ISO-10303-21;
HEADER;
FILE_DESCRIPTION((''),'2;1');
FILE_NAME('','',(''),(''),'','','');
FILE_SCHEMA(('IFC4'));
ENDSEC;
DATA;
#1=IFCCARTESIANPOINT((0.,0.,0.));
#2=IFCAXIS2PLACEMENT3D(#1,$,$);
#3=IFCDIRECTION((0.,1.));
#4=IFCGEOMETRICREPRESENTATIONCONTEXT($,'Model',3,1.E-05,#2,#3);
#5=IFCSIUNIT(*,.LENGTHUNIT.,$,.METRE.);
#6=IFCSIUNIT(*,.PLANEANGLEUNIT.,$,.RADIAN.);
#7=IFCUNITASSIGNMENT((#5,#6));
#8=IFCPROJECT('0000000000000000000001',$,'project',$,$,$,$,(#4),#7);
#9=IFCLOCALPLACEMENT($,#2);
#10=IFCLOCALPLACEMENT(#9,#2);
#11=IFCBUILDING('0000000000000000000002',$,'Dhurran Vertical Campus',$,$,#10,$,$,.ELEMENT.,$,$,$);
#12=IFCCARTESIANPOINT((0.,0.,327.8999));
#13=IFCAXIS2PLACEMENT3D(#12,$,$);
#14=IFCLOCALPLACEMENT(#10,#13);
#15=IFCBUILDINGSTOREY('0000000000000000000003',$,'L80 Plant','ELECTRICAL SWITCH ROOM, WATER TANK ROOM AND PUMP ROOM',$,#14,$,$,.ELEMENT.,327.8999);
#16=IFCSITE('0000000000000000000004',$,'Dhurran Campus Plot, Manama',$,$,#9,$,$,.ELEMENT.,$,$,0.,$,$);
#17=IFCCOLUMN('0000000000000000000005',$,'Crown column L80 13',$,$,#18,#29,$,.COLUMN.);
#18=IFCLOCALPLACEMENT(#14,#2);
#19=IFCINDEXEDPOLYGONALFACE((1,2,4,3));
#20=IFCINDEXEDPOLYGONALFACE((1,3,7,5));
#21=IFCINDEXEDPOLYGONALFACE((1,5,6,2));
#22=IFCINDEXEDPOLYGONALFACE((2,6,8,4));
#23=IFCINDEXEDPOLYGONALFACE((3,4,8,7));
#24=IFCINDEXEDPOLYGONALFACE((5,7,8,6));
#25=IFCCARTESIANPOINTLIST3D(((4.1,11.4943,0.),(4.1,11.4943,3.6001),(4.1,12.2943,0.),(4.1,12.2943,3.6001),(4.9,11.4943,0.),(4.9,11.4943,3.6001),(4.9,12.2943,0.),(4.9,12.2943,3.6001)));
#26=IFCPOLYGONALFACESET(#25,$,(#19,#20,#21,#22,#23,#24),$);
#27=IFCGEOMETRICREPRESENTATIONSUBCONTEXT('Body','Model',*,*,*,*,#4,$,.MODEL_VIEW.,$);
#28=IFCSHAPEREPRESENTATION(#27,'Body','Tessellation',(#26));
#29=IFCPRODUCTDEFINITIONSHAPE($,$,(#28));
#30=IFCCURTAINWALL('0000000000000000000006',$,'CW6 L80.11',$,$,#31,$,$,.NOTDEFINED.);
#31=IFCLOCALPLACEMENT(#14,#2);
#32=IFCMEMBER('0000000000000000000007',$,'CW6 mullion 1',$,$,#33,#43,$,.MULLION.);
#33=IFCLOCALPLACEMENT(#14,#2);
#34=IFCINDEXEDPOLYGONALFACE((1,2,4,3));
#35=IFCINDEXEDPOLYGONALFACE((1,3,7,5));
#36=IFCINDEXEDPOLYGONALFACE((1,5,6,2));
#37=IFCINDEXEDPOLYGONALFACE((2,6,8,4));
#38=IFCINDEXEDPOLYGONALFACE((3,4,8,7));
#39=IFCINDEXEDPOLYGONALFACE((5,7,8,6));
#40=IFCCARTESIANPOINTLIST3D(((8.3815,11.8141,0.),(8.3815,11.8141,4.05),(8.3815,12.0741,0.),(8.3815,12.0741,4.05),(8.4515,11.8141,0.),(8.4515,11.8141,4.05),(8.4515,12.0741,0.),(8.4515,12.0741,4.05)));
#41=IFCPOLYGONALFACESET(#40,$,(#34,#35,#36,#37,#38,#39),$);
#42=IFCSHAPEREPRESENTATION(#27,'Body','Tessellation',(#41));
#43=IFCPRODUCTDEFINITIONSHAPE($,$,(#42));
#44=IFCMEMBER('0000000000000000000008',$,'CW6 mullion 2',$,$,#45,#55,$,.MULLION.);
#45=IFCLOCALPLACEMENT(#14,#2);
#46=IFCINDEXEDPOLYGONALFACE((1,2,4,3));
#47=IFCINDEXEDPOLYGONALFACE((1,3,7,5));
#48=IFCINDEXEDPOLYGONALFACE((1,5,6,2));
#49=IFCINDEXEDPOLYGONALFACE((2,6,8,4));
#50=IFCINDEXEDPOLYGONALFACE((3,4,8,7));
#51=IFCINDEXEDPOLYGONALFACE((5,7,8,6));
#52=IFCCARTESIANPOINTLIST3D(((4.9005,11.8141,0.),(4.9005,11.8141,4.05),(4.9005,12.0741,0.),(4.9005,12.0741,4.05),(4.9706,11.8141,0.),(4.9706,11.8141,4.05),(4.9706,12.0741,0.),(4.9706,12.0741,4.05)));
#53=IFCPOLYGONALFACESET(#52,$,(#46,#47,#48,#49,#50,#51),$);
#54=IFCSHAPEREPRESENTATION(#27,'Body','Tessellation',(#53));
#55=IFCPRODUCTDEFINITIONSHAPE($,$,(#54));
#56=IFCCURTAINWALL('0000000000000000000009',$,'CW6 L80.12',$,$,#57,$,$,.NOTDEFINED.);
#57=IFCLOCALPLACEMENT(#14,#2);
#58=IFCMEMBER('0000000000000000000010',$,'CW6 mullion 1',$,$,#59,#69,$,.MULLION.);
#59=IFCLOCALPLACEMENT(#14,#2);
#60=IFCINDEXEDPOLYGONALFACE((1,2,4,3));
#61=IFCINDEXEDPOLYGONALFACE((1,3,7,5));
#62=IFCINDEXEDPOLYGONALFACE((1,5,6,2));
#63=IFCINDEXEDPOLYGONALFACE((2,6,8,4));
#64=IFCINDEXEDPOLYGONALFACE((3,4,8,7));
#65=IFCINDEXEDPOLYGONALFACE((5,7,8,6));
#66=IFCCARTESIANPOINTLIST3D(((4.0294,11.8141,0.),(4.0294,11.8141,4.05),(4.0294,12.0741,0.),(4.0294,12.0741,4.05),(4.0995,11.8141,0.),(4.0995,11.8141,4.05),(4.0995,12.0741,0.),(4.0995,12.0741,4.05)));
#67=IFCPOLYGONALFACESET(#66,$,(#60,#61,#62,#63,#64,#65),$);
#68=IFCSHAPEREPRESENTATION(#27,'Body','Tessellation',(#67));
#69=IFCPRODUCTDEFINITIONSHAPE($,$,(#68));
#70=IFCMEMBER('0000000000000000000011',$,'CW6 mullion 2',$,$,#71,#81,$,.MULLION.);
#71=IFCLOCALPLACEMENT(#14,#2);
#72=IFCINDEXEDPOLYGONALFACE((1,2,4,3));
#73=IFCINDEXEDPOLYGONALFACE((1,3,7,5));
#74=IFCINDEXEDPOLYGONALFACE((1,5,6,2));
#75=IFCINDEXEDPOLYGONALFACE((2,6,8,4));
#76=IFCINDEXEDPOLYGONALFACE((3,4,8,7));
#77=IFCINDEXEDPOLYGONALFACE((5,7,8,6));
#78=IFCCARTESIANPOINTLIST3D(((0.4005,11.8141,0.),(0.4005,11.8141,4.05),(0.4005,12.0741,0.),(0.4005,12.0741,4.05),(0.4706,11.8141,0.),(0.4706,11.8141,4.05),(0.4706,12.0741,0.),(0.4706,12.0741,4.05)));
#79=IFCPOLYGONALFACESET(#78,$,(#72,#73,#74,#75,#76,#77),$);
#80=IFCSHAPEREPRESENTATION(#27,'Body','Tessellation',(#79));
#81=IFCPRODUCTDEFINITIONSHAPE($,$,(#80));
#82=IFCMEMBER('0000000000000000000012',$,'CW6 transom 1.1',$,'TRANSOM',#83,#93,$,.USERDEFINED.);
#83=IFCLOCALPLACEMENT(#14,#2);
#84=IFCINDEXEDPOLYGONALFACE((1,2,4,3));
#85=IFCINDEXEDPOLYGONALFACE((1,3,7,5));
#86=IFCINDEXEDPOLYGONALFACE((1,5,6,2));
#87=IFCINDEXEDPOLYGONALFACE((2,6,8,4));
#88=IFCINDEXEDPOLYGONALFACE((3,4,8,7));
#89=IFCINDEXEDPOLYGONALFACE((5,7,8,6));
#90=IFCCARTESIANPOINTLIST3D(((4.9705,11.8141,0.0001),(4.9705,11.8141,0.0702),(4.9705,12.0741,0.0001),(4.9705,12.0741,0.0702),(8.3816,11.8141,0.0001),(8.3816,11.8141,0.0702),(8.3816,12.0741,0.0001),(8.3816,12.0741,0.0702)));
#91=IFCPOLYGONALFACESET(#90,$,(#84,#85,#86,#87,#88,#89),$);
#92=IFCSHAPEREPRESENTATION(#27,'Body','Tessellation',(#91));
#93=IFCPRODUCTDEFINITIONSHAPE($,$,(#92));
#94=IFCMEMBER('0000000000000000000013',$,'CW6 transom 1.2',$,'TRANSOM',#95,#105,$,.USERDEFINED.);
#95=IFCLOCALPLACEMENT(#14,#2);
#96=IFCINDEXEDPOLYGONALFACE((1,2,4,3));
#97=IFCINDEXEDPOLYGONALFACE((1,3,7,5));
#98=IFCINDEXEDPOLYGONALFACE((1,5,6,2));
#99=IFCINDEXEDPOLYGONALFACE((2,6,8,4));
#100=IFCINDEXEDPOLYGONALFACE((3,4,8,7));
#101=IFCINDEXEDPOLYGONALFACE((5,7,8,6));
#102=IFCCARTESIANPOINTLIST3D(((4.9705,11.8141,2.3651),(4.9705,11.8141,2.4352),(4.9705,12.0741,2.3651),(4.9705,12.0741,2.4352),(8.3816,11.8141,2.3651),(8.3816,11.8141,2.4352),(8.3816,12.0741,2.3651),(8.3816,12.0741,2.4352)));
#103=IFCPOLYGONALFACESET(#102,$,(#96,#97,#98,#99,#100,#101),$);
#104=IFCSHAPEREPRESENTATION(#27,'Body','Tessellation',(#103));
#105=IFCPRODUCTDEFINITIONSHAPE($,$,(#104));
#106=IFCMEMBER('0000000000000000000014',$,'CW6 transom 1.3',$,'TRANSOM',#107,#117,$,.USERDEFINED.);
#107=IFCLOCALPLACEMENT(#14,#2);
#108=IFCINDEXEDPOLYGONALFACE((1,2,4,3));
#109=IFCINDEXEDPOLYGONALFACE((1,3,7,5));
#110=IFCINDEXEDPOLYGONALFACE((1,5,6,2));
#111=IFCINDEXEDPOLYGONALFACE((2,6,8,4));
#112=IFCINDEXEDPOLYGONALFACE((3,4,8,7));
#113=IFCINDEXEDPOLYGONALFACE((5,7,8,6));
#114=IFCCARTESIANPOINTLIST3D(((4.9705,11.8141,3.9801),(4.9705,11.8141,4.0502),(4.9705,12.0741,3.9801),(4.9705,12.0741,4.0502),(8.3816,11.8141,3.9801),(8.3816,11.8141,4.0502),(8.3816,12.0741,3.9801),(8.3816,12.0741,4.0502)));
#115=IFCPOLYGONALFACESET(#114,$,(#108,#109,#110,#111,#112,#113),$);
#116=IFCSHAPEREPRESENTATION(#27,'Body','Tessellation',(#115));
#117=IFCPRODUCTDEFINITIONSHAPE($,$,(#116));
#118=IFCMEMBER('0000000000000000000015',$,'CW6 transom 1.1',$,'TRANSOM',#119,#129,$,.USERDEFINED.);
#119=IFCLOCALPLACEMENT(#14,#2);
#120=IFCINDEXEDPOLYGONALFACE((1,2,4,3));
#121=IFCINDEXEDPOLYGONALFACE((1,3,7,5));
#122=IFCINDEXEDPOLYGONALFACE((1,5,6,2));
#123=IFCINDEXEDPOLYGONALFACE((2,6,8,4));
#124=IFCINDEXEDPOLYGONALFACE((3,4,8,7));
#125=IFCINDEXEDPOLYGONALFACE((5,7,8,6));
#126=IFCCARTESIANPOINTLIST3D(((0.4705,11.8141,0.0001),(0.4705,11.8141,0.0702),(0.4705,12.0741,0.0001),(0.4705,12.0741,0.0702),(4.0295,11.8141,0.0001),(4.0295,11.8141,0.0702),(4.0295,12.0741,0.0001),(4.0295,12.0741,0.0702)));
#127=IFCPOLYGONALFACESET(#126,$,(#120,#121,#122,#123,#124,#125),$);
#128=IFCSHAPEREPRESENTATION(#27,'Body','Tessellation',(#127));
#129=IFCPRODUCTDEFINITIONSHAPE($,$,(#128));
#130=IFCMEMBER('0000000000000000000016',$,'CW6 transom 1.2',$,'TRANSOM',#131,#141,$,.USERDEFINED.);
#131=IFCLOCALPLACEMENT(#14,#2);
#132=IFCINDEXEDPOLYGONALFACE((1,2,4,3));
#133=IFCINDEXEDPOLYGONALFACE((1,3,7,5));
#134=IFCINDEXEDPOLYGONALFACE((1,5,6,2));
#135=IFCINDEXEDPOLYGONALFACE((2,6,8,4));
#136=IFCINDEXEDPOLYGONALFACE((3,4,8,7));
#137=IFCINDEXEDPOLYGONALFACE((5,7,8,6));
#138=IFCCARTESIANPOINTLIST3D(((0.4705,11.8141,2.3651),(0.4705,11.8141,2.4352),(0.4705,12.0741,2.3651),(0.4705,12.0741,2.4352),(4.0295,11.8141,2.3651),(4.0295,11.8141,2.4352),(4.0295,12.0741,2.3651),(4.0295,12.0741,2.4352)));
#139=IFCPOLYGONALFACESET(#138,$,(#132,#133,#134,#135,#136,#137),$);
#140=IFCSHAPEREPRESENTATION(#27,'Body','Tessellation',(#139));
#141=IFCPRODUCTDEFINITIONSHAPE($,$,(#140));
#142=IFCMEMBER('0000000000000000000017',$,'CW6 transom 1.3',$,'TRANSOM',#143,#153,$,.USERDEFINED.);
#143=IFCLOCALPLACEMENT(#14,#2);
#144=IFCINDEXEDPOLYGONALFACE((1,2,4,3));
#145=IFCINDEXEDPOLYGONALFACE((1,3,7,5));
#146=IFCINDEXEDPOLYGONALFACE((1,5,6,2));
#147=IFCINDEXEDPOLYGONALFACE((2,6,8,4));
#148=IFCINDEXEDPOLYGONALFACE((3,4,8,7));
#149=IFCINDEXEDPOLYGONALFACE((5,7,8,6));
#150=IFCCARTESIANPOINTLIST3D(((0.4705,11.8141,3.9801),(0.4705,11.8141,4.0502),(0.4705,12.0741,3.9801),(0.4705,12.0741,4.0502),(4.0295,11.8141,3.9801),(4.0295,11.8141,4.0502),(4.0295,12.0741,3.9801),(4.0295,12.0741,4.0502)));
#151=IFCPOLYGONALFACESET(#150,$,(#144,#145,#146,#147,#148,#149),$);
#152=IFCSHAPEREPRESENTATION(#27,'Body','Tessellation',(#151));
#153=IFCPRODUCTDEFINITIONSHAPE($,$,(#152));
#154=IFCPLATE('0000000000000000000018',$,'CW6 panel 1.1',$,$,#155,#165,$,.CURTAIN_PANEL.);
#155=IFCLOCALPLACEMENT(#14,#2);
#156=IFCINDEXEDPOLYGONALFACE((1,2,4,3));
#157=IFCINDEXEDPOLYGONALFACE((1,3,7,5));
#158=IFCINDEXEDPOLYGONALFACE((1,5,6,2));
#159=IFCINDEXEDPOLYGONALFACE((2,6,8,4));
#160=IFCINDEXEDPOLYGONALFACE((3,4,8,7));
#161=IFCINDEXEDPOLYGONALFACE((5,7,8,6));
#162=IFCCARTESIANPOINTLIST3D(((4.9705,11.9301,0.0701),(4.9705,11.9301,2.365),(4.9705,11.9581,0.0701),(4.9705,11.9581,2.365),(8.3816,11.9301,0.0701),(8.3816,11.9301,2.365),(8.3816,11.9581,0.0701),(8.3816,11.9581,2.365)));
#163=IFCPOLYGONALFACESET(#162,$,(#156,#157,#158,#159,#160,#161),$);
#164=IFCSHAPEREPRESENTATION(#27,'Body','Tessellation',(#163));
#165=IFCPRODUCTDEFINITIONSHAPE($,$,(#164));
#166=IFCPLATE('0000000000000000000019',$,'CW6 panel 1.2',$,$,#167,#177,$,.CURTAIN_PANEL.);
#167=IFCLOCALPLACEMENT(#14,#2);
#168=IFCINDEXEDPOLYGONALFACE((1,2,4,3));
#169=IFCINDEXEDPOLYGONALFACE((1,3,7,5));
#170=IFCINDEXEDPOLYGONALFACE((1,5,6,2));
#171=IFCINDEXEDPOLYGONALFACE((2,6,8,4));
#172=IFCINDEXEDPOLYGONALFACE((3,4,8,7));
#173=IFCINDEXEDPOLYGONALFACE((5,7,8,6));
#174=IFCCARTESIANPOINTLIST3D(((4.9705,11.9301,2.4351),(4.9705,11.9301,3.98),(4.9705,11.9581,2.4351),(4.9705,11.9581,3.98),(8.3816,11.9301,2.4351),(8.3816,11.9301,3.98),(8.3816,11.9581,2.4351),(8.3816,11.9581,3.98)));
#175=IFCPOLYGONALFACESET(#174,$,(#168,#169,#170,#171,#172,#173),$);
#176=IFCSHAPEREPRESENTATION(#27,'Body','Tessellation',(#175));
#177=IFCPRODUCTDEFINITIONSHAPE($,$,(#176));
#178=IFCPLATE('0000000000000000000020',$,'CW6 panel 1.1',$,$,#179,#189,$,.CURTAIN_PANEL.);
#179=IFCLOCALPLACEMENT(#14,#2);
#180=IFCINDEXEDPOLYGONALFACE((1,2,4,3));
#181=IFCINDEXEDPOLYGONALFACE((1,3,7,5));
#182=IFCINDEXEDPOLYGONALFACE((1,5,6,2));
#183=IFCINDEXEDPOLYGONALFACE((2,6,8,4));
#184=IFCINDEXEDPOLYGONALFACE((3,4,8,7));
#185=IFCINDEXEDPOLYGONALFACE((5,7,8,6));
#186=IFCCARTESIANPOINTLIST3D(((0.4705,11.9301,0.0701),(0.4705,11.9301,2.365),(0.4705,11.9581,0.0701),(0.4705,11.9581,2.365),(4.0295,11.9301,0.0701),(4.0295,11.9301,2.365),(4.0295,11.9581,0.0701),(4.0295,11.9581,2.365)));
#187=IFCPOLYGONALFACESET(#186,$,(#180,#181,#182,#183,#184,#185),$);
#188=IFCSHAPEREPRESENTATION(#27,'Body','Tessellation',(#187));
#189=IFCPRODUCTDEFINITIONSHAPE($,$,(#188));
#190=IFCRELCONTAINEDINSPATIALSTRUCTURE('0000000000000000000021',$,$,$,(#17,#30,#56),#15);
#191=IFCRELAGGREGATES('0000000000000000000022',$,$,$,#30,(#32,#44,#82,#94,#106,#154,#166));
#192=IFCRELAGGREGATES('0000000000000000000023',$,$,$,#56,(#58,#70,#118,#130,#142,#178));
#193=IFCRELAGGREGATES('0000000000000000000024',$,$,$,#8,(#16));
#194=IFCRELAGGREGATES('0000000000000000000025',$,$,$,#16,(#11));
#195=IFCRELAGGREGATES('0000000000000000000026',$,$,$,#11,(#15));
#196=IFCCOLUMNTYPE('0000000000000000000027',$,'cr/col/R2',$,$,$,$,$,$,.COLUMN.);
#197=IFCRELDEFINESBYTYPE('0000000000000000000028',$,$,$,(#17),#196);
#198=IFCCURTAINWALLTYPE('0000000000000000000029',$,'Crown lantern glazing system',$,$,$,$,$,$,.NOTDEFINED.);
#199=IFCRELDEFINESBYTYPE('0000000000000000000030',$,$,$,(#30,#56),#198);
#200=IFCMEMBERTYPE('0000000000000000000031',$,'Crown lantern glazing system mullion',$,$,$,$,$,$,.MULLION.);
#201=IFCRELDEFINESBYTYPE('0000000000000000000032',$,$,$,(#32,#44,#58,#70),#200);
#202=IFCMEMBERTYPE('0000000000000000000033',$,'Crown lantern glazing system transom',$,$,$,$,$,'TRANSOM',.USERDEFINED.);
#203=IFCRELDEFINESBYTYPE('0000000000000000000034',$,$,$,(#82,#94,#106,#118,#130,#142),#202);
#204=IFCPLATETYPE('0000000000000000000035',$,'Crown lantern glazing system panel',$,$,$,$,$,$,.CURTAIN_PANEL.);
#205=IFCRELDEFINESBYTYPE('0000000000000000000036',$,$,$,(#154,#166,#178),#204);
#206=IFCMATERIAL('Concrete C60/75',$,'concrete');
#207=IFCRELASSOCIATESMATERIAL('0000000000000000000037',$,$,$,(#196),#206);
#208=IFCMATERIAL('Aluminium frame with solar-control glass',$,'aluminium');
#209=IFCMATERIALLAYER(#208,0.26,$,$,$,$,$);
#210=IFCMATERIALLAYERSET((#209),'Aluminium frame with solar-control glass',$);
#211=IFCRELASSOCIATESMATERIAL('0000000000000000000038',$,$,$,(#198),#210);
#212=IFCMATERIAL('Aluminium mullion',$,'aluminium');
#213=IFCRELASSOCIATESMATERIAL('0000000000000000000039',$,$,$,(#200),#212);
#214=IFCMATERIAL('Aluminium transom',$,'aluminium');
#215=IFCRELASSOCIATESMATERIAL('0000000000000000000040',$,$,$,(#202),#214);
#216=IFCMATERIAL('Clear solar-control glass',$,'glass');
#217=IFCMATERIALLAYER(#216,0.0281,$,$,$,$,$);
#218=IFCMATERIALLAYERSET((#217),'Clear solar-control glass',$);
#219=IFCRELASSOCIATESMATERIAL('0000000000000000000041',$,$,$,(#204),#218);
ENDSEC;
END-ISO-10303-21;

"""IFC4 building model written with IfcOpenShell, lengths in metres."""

from ifc_helpers import new_model, si_unit, direction, frame, origin, origin_2d, place, context, subcontext, project, spatial, rectangle, extrude, material, layer, layer_set, material_profile, profile_set, type_object, element, aggregate, save


model = new_model("IFC4")

# Units and contexts
model_context = context("Model", 3, precision=1e-05, world=origin(), true_north=direction((0.0, 1.0)))
body_context = subcontext(model_context, "Body", "Model", "MODEL_VIEW")
ifc_project = project(units=[si_unit("LENGTHUNIT", "METRE"), si_unit("PLANEANGLEUNIT", "RADIAN")], contexts=[model_context])

# Site, building, storey
site_placement = place(None, origin())
site = spatial("IfcSite", under=ifc_project, at=site_placement, Name="Dhurran Campus Plot, Manama", CompositionType="ELEMENT", RefElevation=0.0)
building_placement = place(site_placement, origin())
building = spatial("IfcBuilding", under=site, at=building_placement, Name="Dhurran Vertical Campus", CompositionType="ELEMENT")
storey_placement = place(building_placement, frame((0.0, 0.0, 327.8999)))
storey = spatial("IfcBuildingStorey", under=building, at=storey_placement, Name="L80 Plant", Description="ELECTRICAL SWITCH ROOM, WATER TANK ROOM AND PUMP ROOM", CompositionType="ELEMENT", Elevation=327.8999)

# Column
ifc_material_1 = material(Name="Concrete C60/75", Category="concrete")
ifc_material_profile_1 = material_profile(ifc_material_1, rectangle(XDim=0.8, YDim=0.8, at=origin_2d()), Name="cr/col/R2")
ifc_profile_set_1 = profile_set([ifc_material_profile_1], Name="Concrete C60/75")
column_type = type_object("IfcColumnType", Name="cr/col/R2", PredefinedType="COLUMN", material=ifc_profile_set_1)
column_placement = place(storey_placement, frame((4.5, 11.8943, 0.0), z_axis=(0.0, 0.0, 1.0), x_axis=(-1.0, 0.0, 0.0)))
element("IfcColumn", 1, at=column_placement, inside=storey, type_object=column_type, Name="Crown column L80 13", PredefinedType="COLUMN", context=body_context, shape_type="SweptSolid", body=[
    extrude(rectangle(XDim=0.8, YDim=0.8, at=origin_2d()), origin(), (0.0, 0.0, 1.0), 3.6001),
])

# Curtain walls, members
ifc_material_2 = material(Name="Aluminium frame with solar-control glass", Category="aluminium")
ifc_layer_1 = layer(ifc_material_2, 0.26)
ifc_layer_set_1 = layer_set([ifc_layer_1], Name="Aluminium frame with solar-control glass")
curtain_wall_type = type_object("IfcCurtainWallType", Name="Crown lantern glazing system", PredefinedType="NOTDEFINED", material=ifc_layer_set_1)
curtain_wall_1_placement = place(storey_placement, origin())
curtain_wall_1 = element("IfcCurtainWall", 2, at=curtain_wall_1_placement, inside=storey, type_object=curtain_wall_type, Name="CW6 L80.11", PredefinedType="NOTDEFINED")
ifc_material_3 = material(Name="Aluminium mullion", Category="aluminium")
ifc_material_profile_2 = material_profile(ifc_material_3, rectangle(XDim=0.26, YDim=0.0701, at=origin_2d()), Name="Crown lantern glazing system mullion")
ifc_profile_set_2 = profile_set([ifc_material_profile_2], Name="Aluminium mullion")
member_type_1 = type_object("IfcMemberType", Name="Crown lantern glazing system mullion", PredefinedType="MULLION", material=ifc_profile_set_2)
member_1_placement = place(storey_placement, frame((8.4165, 11.9441, 0.0), z_axis=(0.0, 0.0, 1.0), x_axis=(0.0, -1.0, 0.0)))
member_1 = element("IfcMember", 3, at=member_1_placement, type_object=member_type_1, Name="CW6 mullion 1", PredefinedType="MULLION", context=body_context, shape_type="SweptSolid", body=[
    extrude(rectangle(XDim=0.26, YDim=0.0701, at=origin_2d()), origin(), (0.0, 0.0, 1.0), 4.05),
])
member_2_placement = place(storey_placement, frame((4.9355, 11.9441, 0.0), z_axis=(0.0, 0.0, 1.0), x_axis=(0.0, -1.0, 0.0)))
member_2 = element("IfcMember", 4, at=member_2_placement, type_object=member_type_1, Name="CW6 mullion 2", PredefinedType="MULLION", context=body_context, shape_type="SweptSolid", body=[
    extrude(rectangle(XDim=0.26, YDim=0.0701, at=origin_2d()), origin(), (0.0, 0.0, 1.0), 4.05),
])
curtain_wall_2_placement = place(storey_placement, origin())
curtain_wall_2 = element("IfcCurtainWall", 5, at=curtain_wall_2_placement, inside=storey, type_object=curtain_wall_type, Name="CW6 L80.12", PredefinedType="NOTDEFINED")
member_3_placement = place(storey_placement, frame((4.0645, 11.9441, 0.0), z_axis=(0.0, 0.0, 1.0), x_axis=(0.0, -1.0, 0.0)))
member_3 = element("IfcMember", 6, at=member_3_placement, type_object=member_type_1, Name="CW6 mullion 1", PredefinedType="MULLION", context=body_context, shape_type="SweptSolid", body=[
    extrude(rectangle(XDim=0.26, YDim=0.0701, at=origin_2d()), origin(), (0.0, 0.0, 1.0), 4.05),
])
member_4_placement = place(storey_placement, frame((0.4355, 11.9441, 0.0), z_axis=(0.0, 0.0, 1.0), x_axis=(0.0, -1.0, 0.0)))
member_4 = element("IfcMember", 7, at=member_4_placement, type_object=member_type_1, Name="CW6 mullion 2", PredefinedType="MULLION", context=body_context, shape_type="SweptSolid", body=[
    extrude(rectangle(XDim=0.26, YDim=0.0701, at=origin_2d()), origin(), (0.0, 0.0, 1.0), 4.05),
])

# Members
ifc_material_4 = material(Name="Aluminium transom", Category="aluminium")
ifc_material_profile_3 = material_profile(ifc_material_4, rectangle(XDim=0.26, YDim=0.0701, at=origin_2d()), Name="Crown lantern glazing system transom")
ifc_profile_set_3 = profile_set([ifc_material_profile_3], Name="Aluminium transom")
member_type_2 = type_object("IfcMemberType", Name="Crown lantern glazing system transom", ElementType="TRANSOM", PredefinedType="USERDEFINED", material=ifc_profile_set_3)
member_5_placement = place(storey_placement, frame((8.3816, 11.9441, 0.0352), z_axis=(-1.0, 0.0, 0.0), x_axis=(0.0, -1.0, 0.0)))
member_5 = element("IfcMember", 8, at=member_5_placement, type_object=member_type_2, Name="CW6 transom 1.1", ObjectType="TRANSOM", PredefinedType="USERDEFINED", context=body_context, shape_type="SweptSolid", body=[
    extrude(rectangle(XDim=0.26, YDim=0.0701, at=origin_2d()), origin(), (0.0, 0.0, 1.0), 3.4111),
])
member_6_placement = place(storey_placement, frame((8.3816, 11.9441, 2.4001), z_axis=(-1.0, 0.0, 0.0), x_axis=(0.0, -1.0, 0.0)))
member_6 = element("IfcMember", 9, at=member_6_placement, type_object=member_type_2, Name="CW6 transom 1.2", ObjectType="TRANSOM", PredefinedType="USERDEFINED", context=body_context, shape_type="SweptSolid", body=[
    extrude(rectangle(XDim=0.26, YDim=0.0701, at=origin_2d()), origin(), (0.0, 0.0, 1.0), 3.4111),
])
member_7_placement = place(storey_placement, frame((8.3816, 11.9441, 4.0151), z_axis=(-1.0, 0.0, 0.0), x_axis=(0.0, -1.0, 0.0)))
member_7 = element("IfcMember", 10, at=member_7_placement, type_object=member_type_2, Name="CW6 transom 1.3", ObjectType="TRANSOM", PredefinedType="USERDEFINED", context=body_context, shape_type="SweptSolid", body=[
    extrude(rectangle(XDim=0.26, YDim=0.0701, at=origin_2d()), origin(), (0.0, 0.0, 1.0), 3.4111),
])
member_8_placement = place(storey_placement, frame((4.0295, 11.9441, 0.0352), z_axis=(-1.0, 0.0, 0.0), x_axis=(0.0, -1.0, 0.0)))
member_8 = element("IfcMember", 11, at=member_8_placement, type_object=member_type_2, Name="CW6 transom 1.1", ObjectType="TRANSOM", PredefinedType="USERDEFINED", context=body_context, shape_type="SweptSolid", body=[
    extrude(rectangle(XDim=0.26, YDim=0.0701, at=origin_2d()), origin(), (0.0, 0.0, 1.0), 3.5591),
])
member_9_placement = place(storey_placement, frame((4.0295, 11.9441, 2.4001), z_axis=(-1.0, 0.0, 0.0), x_axis=(0.0, -1.0, 0.0)))
member_9 = element("IfcMember", 12, at=member_9_placement, type_object=member_type_2, Name="CW6 transom 1.2", ObjectType="TRANSOM", PredefinedType="USERDEFINED", context=body_context, shape_type="SweptSolid", body=[
    extrude(rectangle(XDim=0.26, YDim=0.0701, at=origin_2d()), origin(), (0.0, 0.0, 1.0), 3.5591),
])
member_10_placement = place(storey_placement, frame((4.0295, 11.9441, 4.0151), z_axis=(-1.0, 0.0, 0.0), x_axis=(0.0, -1.0, 0.0)))
member_10 = element("IfcMember", 13, at=member_10_placement, type_object=member_type_2, Name="CW6 transom 1.3", ObjectType="TRANSOM", PredefinedType="USERDEFINED", context=body_context, shape_type="SweptSolid", body=[
    extrude(rectangle(XDim=0.26, YDim=0.0701, at=origin_2d()), origin(), (0.0, 0.0, 1.0), 3.5591),
])

# Plates
ifc_material_5 = material(Name="Clear solar-control glass", Category="glass")
ifc_layer_2 = layer(ifc_material_5, 0.0281)
ifc_layer_set_2 = layer_set([ifc_layer_2], Name="Clear solar-control glass")
plate_type = type_object("IfcPlateType", Name="Crown lantern glazing system panel", PredefinedType="CURTAIN_PANEL", material=ifc_layer_set_2)
plate_1_placement = place(storey_placement, frame((6.676, 11.9441, 0.0701), z_axis=(0.0, 0.0, 1.0), x_axis=(-1.0, 0.0, 0.0)))
plate_1 = element("IfcPlate", 14, at=plate_1_placement, type_object=plate_type, Name="CW6 panel 1.1", PredefinedType="CURTAIN_PANEL", context=body_context, shape_type="SweptSolid", body=[
    extrude(rectangle(XDim=3.4111, YDim=0.0281, at=origin_2d()), origin(), (0.0, 0.0, 1.0), 2.2949),
])
plate_2_placement = place(storey_placement, frame((6.676, 11.9441, 2.4351), z_axis=(0.0, 0.0, 1.0), x_axis=(-1.0, 0.0, 0.0)))
plate_2 = element("IfcPlate", 15, at=plate_2_placement, type_object=plate_type, Name="CW6 panel 1.2", PredefinedType="CURTAIN_PANEL", context=body_context, shape_type="SweptSolid", body=[
    extrude(rectangle(XDim=3.4111, YDim=0.0281, at=origin_2d()), origin(), (0.0, 0.0, 1.0), 1.5449),
])
aggregate(curtain_wall_1, [member_1, member_2, member_5, member_6, member_7, plate_1, plate_2])
plate_3_placement = place(storey_placement, frame((2.25, 11.9441, 0.0701), z_axis=(0.0, 0.0, 1.0), x_axis=(-1.0, 0.0, 0.0)))
plate_3 = element("IfcPlate", 16, at=plate_3_placement, type_object=plate_type, Name="CW6 panel 1.1", PredefinedType="CURTAIN_PANEL", context=body_context, shape_type="SweptSolid", body=[
    extrude(rectangle(XDim=3.5591, YDim=0.0281, at=origin_2d()), origin(), (0.0, 0.0, 1.0), 2.2949),
])
aggregate(curtain_wall_2, [member_3, member_4, member_8, member_9, member_10, plate_3])

save(model, "model.ifc")
